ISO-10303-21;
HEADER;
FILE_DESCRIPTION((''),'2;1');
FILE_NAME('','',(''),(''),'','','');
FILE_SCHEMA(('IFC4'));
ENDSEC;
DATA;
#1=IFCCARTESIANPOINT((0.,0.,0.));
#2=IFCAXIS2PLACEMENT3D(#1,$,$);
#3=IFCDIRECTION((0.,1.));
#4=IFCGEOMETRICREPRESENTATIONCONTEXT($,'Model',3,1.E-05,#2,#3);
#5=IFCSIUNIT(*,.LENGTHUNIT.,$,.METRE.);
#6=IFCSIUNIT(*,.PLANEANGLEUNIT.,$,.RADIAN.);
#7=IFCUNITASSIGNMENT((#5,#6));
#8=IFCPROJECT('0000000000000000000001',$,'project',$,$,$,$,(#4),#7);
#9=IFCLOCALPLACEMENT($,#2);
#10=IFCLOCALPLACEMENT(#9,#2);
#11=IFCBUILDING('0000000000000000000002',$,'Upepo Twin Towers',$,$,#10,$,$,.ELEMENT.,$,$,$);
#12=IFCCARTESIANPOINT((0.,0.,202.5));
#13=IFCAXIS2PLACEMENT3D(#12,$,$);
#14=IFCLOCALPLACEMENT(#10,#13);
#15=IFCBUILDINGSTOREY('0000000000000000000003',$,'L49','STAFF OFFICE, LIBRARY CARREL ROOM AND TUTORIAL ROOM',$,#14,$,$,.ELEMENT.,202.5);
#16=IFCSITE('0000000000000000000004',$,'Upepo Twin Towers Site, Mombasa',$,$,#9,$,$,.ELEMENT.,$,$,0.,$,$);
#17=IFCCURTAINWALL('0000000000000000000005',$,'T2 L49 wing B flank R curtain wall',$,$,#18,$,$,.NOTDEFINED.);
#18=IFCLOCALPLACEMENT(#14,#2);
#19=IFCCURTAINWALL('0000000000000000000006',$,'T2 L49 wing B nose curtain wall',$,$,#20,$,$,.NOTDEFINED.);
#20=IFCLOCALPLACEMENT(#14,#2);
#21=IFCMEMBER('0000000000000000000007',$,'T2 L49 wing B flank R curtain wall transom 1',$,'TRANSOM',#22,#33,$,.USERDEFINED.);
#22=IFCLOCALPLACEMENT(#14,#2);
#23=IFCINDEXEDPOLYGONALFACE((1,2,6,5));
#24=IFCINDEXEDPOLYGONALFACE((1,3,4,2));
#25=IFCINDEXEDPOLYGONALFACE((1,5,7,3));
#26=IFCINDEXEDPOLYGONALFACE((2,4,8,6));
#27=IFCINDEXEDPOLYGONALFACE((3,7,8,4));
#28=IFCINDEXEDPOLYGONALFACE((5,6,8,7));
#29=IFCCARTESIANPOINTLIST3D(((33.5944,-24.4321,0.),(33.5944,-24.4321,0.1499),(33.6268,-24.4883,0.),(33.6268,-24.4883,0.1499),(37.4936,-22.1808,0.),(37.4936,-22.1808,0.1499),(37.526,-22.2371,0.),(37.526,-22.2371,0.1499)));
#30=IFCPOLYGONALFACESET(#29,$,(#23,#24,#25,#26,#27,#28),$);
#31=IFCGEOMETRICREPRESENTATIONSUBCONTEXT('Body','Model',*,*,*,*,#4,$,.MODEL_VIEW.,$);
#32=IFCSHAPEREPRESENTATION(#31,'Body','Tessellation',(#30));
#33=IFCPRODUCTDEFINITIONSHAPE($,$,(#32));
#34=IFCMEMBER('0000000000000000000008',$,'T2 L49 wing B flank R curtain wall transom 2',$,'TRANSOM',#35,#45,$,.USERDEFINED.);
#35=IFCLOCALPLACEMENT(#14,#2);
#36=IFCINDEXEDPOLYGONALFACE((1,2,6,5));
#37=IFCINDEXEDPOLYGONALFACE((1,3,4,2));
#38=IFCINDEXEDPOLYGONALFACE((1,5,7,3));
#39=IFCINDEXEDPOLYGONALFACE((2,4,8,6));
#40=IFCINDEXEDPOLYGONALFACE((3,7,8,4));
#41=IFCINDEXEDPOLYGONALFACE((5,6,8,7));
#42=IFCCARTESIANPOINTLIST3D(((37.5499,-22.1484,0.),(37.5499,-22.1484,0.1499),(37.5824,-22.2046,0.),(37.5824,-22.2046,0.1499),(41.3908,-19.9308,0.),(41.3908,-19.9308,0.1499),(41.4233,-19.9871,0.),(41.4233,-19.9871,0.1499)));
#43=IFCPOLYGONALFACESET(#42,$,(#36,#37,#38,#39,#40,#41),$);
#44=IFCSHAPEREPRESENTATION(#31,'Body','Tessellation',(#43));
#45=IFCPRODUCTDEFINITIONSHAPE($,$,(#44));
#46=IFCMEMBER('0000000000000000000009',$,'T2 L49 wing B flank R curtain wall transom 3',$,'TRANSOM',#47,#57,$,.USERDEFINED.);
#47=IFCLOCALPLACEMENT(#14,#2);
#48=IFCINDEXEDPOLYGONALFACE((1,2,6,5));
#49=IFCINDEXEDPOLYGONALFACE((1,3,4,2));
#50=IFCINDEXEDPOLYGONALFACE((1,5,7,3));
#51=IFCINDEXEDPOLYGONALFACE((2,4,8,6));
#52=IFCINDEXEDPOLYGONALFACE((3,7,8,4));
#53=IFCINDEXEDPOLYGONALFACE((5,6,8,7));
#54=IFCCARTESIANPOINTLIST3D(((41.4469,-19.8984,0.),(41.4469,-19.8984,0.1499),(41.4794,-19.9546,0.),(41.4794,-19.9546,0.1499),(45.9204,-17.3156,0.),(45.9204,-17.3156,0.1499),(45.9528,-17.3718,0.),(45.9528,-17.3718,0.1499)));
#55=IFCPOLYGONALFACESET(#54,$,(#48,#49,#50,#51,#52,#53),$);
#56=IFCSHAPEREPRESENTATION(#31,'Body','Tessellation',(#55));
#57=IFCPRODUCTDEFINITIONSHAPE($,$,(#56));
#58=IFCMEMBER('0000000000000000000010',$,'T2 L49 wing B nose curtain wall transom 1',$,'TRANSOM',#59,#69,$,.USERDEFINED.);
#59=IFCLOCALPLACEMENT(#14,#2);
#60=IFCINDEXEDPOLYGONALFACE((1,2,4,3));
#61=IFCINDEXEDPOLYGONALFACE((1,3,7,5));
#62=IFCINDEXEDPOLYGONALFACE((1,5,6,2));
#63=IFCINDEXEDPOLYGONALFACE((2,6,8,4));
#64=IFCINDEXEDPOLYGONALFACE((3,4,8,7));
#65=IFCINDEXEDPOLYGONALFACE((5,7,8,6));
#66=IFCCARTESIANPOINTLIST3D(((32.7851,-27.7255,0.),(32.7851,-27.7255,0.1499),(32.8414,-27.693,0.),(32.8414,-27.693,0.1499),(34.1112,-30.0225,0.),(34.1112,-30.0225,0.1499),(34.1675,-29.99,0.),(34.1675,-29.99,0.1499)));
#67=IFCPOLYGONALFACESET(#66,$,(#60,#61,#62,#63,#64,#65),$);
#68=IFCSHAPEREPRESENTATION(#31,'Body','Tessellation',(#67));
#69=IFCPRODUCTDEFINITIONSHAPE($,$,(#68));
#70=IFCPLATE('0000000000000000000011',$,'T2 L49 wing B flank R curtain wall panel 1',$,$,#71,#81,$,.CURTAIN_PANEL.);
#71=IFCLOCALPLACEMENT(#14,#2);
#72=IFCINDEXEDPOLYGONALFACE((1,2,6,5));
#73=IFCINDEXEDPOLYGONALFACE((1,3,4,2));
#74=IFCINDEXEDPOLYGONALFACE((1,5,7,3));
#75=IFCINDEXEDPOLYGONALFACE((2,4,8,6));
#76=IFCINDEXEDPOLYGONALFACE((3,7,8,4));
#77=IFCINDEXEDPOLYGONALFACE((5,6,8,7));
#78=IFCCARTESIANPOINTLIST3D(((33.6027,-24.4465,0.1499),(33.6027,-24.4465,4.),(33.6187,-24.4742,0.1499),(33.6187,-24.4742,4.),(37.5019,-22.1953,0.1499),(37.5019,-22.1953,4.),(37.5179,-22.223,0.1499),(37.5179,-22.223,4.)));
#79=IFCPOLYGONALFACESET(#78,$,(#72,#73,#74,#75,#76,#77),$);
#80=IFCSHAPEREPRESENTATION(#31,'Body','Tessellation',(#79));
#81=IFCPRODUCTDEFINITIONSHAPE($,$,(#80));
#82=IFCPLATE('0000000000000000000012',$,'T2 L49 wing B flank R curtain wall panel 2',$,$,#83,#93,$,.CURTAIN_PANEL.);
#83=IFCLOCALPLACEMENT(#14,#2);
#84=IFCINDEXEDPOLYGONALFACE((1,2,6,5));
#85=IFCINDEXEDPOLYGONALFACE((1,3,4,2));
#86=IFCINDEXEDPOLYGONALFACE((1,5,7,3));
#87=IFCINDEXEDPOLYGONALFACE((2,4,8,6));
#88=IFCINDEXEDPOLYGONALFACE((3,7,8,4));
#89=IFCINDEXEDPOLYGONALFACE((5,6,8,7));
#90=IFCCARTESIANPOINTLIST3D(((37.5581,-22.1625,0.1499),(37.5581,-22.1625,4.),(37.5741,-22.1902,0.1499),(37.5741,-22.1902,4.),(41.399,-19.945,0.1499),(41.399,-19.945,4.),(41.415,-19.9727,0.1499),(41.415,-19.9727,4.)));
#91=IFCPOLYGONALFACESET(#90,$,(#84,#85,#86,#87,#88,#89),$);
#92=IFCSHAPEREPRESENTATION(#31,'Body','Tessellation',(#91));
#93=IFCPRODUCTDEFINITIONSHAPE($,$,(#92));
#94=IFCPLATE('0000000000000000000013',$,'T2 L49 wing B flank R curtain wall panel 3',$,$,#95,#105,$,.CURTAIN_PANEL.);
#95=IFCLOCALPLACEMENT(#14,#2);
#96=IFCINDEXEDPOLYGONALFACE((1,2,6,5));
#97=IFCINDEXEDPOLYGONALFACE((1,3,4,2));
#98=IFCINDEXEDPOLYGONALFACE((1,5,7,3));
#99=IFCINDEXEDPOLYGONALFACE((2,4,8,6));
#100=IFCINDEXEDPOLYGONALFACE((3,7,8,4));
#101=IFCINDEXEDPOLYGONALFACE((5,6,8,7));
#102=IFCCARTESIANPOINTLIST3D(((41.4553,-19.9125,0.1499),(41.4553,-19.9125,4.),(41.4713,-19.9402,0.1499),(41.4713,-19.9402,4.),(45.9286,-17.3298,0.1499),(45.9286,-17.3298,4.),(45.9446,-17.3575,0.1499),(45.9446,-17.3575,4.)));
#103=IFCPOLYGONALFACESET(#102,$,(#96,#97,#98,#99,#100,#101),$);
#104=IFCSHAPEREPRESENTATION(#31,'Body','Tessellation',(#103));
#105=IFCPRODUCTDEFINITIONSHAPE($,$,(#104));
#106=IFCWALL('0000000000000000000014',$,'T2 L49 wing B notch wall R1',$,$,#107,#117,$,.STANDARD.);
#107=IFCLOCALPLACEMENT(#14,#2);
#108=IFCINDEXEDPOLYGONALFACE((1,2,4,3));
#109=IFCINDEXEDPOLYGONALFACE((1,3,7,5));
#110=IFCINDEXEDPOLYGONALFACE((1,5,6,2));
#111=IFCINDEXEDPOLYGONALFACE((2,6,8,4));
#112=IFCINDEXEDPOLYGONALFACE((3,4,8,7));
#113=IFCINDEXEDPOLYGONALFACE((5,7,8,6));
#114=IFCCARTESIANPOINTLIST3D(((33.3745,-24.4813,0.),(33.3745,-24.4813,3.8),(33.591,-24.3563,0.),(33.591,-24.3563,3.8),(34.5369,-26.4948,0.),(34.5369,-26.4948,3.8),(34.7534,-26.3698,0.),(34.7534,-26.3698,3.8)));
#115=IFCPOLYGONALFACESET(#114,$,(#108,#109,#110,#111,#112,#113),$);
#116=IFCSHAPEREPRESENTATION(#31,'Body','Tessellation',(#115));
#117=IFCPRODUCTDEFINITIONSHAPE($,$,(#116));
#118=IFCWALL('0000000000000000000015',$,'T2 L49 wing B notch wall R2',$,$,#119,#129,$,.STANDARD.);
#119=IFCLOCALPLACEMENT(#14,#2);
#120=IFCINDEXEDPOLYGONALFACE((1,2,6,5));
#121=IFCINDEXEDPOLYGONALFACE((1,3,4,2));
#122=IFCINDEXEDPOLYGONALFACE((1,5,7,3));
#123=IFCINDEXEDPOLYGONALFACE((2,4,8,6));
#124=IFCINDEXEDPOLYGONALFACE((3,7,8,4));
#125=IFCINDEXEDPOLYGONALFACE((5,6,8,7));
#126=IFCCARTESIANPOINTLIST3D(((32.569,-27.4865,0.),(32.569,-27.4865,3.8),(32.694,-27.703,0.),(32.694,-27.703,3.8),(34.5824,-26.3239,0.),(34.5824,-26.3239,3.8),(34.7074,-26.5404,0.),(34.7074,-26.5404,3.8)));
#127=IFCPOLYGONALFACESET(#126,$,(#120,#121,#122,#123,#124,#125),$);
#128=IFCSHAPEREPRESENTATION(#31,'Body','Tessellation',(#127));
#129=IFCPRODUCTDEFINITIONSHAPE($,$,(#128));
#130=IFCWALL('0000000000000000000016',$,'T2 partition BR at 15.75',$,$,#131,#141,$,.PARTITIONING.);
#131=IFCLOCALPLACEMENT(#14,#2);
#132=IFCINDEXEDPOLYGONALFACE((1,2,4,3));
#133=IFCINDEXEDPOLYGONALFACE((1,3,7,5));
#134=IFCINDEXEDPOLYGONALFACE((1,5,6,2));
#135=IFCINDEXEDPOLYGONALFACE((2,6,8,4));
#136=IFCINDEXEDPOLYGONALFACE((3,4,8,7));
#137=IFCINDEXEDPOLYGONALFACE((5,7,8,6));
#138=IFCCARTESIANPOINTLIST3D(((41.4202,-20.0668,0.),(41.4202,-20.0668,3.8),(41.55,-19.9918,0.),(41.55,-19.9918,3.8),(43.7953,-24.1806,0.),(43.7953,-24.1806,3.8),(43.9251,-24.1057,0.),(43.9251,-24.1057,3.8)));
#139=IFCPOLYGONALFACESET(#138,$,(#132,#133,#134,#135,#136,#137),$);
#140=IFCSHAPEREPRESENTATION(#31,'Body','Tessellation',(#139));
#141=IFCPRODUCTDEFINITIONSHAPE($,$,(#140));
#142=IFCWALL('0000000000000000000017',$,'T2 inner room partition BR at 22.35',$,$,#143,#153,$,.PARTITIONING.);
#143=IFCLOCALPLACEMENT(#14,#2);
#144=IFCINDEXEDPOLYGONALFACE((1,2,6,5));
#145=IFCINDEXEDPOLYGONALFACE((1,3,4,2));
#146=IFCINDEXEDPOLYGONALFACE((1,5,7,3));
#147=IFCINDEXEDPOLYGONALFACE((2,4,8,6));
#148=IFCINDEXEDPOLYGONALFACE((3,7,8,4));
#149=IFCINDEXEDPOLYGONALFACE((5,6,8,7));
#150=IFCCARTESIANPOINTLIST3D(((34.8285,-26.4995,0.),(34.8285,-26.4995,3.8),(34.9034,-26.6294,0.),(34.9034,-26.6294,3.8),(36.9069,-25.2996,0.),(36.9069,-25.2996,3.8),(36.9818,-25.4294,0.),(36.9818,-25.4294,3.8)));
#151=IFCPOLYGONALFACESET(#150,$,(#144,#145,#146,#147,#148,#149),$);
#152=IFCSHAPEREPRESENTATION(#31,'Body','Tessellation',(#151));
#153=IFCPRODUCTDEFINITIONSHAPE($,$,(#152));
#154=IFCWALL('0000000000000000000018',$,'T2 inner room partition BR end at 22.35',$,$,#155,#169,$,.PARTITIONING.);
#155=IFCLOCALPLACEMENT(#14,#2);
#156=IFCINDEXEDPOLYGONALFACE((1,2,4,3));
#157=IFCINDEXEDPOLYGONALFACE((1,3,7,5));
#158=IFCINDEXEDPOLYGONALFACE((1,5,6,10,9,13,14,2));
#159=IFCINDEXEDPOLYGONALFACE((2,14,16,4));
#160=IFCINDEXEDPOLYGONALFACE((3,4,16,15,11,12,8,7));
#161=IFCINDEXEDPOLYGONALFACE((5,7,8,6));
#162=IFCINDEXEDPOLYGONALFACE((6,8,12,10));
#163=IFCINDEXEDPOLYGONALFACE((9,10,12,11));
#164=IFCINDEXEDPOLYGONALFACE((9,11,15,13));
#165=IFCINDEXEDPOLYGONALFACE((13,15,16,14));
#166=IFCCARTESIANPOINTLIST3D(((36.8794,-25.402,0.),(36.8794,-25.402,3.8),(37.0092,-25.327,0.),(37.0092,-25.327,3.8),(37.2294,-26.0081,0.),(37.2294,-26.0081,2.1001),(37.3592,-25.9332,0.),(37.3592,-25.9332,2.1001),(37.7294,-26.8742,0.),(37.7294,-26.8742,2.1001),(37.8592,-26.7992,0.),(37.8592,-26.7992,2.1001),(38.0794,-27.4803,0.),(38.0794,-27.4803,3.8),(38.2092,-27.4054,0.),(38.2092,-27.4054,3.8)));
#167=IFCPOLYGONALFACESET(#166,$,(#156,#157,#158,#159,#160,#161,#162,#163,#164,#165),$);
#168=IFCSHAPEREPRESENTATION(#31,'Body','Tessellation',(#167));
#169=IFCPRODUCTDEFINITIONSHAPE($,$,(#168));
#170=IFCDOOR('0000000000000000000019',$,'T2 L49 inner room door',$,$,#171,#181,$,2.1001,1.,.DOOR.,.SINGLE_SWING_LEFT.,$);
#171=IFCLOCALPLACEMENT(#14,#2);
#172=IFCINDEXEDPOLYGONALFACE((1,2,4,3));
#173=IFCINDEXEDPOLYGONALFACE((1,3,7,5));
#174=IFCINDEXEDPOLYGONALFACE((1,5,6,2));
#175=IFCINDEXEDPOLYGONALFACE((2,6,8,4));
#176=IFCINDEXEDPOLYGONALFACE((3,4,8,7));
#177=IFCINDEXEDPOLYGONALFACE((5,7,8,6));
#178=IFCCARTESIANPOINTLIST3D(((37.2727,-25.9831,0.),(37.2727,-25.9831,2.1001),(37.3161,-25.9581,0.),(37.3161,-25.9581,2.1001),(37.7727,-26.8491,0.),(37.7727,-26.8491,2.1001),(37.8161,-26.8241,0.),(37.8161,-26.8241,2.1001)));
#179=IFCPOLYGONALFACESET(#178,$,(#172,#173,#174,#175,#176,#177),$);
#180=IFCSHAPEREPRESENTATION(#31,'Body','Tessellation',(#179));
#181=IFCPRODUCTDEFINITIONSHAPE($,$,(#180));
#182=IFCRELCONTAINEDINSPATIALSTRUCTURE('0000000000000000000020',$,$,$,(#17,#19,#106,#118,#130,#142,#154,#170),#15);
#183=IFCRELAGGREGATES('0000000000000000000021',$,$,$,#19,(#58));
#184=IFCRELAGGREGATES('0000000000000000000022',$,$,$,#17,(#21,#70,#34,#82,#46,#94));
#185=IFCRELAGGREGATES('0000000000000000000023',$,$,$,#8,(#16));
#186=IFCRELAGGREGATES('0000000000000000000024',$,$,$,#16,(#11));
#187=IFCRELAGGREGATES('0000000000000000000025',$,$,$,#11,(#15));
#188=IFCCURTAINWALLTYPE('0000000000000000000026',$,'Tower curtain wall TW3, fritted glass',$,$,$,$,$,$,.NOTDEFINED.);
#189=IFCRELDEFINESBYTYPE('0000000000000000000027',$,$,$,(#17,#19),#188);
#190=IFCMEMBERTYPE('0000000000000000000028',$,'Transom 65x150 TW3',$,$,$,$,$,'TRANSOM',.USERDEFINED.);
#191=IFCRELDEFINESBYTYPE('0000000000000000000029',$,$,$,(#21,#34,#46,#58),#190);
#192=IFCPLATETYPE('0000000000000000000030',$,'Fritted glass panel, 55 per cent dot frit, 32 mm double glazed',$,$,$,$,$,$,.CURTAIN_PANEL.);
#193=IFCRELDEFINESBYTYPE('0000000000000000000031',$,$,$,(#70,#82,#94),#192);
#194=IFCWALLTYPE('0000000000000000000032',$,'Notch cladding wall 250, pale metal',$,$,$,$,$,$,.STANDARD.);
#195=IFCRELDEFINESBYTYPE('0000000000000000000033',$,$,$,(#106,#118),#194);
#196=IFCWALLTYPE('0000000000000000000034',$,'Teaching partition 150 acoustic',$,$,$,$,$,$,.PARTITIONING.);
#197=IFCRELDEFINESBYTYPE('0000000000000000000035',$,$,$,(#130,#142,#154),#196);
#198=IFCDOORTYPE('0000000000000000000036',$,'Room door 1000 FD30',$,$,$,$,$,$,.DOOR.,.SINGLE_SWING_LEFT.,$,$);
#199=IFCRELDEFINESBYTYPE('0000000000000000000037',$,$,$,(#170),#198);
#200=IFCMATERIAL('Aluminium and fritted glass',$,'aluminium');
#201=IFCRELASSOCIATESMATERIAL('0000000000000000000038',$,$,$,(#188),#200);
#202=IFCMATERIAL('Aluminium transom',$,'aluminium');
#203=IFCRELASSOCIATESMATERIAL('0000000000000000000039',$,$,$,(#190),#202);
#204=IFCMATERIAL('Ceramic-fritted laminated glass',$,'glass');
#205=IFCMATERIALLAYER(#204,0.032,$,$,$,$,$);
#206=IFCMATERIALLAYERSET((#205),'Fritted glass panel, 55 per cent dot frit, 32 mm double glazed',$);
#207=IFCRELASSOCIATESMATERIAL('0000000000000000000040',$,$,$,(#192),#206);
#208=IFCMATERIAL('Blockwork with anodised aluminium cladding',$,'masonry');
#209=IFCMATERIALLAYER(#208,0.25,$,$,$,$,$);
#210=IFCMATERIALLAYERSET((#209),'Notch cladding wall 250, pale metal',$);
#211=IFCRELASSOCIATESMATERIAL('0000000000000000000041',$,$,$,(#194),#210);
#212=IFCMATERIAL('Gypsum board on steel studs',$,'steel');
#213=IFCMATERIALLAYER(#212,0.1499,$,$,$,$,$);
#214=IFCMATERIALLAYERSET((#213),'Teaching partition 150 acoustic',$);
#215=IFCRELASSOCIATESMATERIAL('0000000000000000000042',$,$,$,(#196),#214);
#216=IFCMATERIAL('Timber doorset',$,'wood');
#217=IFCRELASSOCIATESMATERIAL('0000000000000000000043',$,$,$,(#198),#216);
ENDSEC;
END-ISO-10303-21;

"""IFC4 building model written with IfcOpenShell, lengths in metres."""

from ifc_helpers import new_model, si_unit, direction, frame, frame_2d, origin, origin_2d, place, context, subcontext, project, spatial, rectangle, extrude, material, layer, layer_set, material_profile, profile_set, type_object, element, fill, aggregate, save


model = new_model("IFC4")

# Units and contexts
model_context = context("Model", 3, precision=1e-05, world=origin(), true_north=direction((0.0, 1.0)))
body_context = subcontext(model_context, "Body", "Model", "MODEL_VIEW")
ifc_project = project(units=[si_unit("LENGTHUNIT", "METRE"), si_unit("PLANEANGLEUNIT", "RADIAN")], contexts=[model_context])

# Site, building, storey
site_placement = place(None, origin())
site = spatial("IfcSite", under=ifc_project, at=site_placement, Name="Upepo Twin Towers Site, Mombasa", CompositionType="ELEMENT", RefElevation=0.0)
building_placement = place(site_placement, origin())
building = spatial("IfcBuilding", under=site, at=building_placement, Name="Upepo Twin Towers", CompositionType="ELEMENT")
storey_placement = place(building_placement, frame((0.0, 0.0, 202.5)))
storey = spatial("IfcBuildingStorey", under=building, at=storey_placement, Name="L49", Description="STAFF OFFICE, LIBRARY CARREL ROOM AND TUTORIAL ROOM", CompositionType="ELEMENT", Elevation=202.5)

# Curtain wall
ifc_material_1 = material(Name="Aluminium and fritted glass", Category="aluminium")
curtain_wall_type = type_object("IfcCurtainWallType", Name="Tower curtain wall TW3, fritted glass", PredefinedType="NOTDEFINED", material=ifc_material_1)
curtain_wall_1_placement = place(storey_placement, origin())
curtain_wall_1 = element("IfcCurtainWall", 1, at=curtain_wall_1_placement, inside=storey, type_object=curtain_wall_type, Name="T2 L49 wing B flank R curtain wall", PredefinedType="NOTDEFINED")

# Curtain wall
curtain_wall_2_placement = place(storey_placement, origin())
curtain_wall_2 = element("IfcCurtainWall", 2, at=curtain_wall_2_placement, inside=storey, type_object=curtain_wall_type, Name="T2 L49 wing B nose curtain wall", PredefinedType="NOTDEFINED")

# Members
ifc_material_2 = material(Name="Aluminium transom", Category="aluminium")
ifc_material_profile_1 = material_profile(ifc_material_2, rectangle(XDim=0.0649, YDim=0.1499, at=origin_2d()), Name="TRANSOM 65x150")
ifc_profile_set_1 = profile_set([ifc_material_profile_1], Name="Aluminium transom")
member_type_1 = type_object("IfcMemberType", Name="Transom 65x150 TW3", ElementType="TRANSOM", PredefinedType="USERDEFINED", material=ifc_profile_set_1)
member_1_placement = place(storey_placement, frame((33.6106, -24.4602, 0.075), z_axis=(0.866022, 0.500006, 0.0), x_axis=(-0.500006, 0.866022, 0.0)))
member_1 = element("IfcMember", 3, at=member_1_placement, type_object=member_type_1, Name="T2 L49 wing B flank R curtain wall transom 1", ObjectType="TRANSOM", PredefinedType="USERDEFINED", context=body_context, shape_type="SweptSolid", body=[
    extrude(rectangle(XDim=0.0649, YDim=0.1499, at=origin_2d()), origin(), (0.0, 0.0, 1.0), 4.5024),
])
member_2_placement = place(storey_placement, frame((37.5662, -22.1765, 0.075), z_axis=(0.866022, 0.500005, 0.0), x_axis=(-0.500005, 0.866022, 0.0)))
member_2 = element("IfcMember", 4, at=member_2_placement, type_object=member_type_1, Name="T2 L49 wing B flank R curtain wall transom 2", ObjectType="TRANSOM", PredefinedType="USERDEFINED", context=body_context, shape_type="SweptSolid", body=[
    extrude(rectangle(XDim=0.0649, YDim=0.1499, at=origin_2d()), origin(), (0.0, 0.0, 1.0), 4.4351),
])
member_3_placement = place(storey_placement, frame((41.4631, -19.9265, 0.075), z_axis=(0.866021, 0.500007, 0.0), x_axis=(-0.500007, 0.866021, 0.0)))
member_3 = element("IfcMember", 5, at=member_3_placement, type_object=member_type_1, Name="T2 L49 wing B flank R curtain wall transom 3", ObjectType="TRANSOM", PredefinedType="USERDEFINED", context=body_context, shape_type="SweptSolid", body=[
    extrude(rectangle(XDim=0.0649, YDim=0.1499, at=origin_2d()), origin(), (0.0, 0.0, 1.0), 5.1655),
])
member_4_placement = place(storey_placement, frame((32.8132, -27.7092, 0.075), z_axis=(0.49998, -0.866037, 0.0), x_axis=(0.866037, 0.49998, 0.0)))
member_4 = element("IfcMember", 6, at=member_4_placement, type_object=member_type_1, Name="T2 L49 wing B nose curtain wall transom 1", ObjectType="TRANSOM", PredefinedType="USERDEFINED", context=body_context, shape_type="SweptSolid", body=[
    extrude(rectangle(XDim=0.0649, YDim=0.1499, at=origin_2d()), origin(), (0.0, 0.0, 1.0), 2.6523),
])
aggregate(curtain_wall_2, [member_4])

# Plates
ifc_material_3 = material(Name="Ceramic-fritted laminated glass", Category="glass")
ifc_layer_1 = layer(ifc_material_3, 0.032)
ifc_layer_set_1 = layer_set([ifc_layer_1], Name="Fritted glass panel, 55 per cent dot frit, 32 mm double glazed")
plate_type = type_object("IfcPlateType", Name="Fritted glass panel, 55 per cent dot frit, 32 mm double glazed", PredefinedType="CURTAIN_PANEL", material=ifc_layer_set_1)
plate_1_placement = place(storey_placement, frame((35.5603, -23.3347, 0.1499), z_axis=(0.0, 0.0, 1.0), x_axis=(0.866025, 0.5, 0.0)))
plate_1 = element("IfcPlate", 7, at=plate_1_placement, type_object=plate_type, Name="T2 L49 wing B flank R curtain wall panel 1", PredefinedType="CURTAIN_PANEL", context=body_context, shape_type="SweptSolid", body=[
    extrude(rectangle(XDim=4.5024, YDim=0.032, at=origin_2d()), origin(), (0.0, 0.0, 1.0), 3.8501),
])
plate_2_placement = place(storey_placement, frame((39.4866, -21.0676, 0.1499), z_axis=(0.0, 0.0, 1.0), x_axis=(0.866025, 0.5, 0.0)))
plate_2 = element("IfcPlate", 8, at=plate_2_placement, type_object=plate_type, Name="T2 L49 wing B flank R curtain wall panel 2", PredefinedType="CURTAIN_PANEL", context=body_context, shape_type="SweptSolid", body=[
    extrude(rectangle(XDim=4.4351, YDim=0.032, at=origin_2d()), origin(), (0.0, 0.0, 1.0), 3.8501),
])
plate_3_placement = place(storey_placement, frame((43.7, -18.635, 0.1499), z_axis=(0.0, 0.0, 1.0), x_axis=(0.866025, 0.5, 0.0)))
plate_3 = element("IfcPlate", 9, at=plate_3_placement, type_object=plate_type, Name="T2 L49 wing B flank R curtain wall panel 3", PredefinedType="CURTAIN_PANEL", context=body_context, shape_type="SweptSolid", body=[
    extrude(rectangle(XDim=5.1653, YDim=0.032, at=origin_2d()), origin(), (0.0, 0.0, 1.0), 3.8501),
])
aggregate(curtain_wall_1, [member_1, plate_1, member_2, plate_2, member_3, plate_3])

# Walls
ifc_material_4 = material(Name="Blockwork with anodised aluminium cladding", Category="masonry")
ifc_layer_2 = layer(ifc_material_4, 0.25)
ifc_layer_set_2 = layer_set([ifc_layer_2], Name="Notch cladding wall 250, pale metal")
wall_type_1 = type_object("IfcWallType", Name="Notch cladding wall 250, pale metal", PredefinedType="STANDARD", material=ifc_layer_set_2)
for number, where, z_axis, x_axis, name in (
    (10, (33.4827, -24.4187, 0.0), (0.0, 0.0, 1.0), (0.499968, -0.866044, 0.0), "T2 L49 wing B notch wall R1"),
    (11, (34.645, -26.4321, 0.0), (0.0, 0.0, 1.0), (-0.865998, -0.500047, 0.0), "T2 L49 wing B notch wall R2"),
):
    element("IfcWall", number, at=place(storey_placement, frame(where, z_axis=z_axis, x_axis=x_axis)), inside=storey, type_object=wall_type_1, Name=name, PredefinedType="STANDARD", context=body_context, shape_type="SweptSolid", body=[
        extrude(rectangle(XDim=2.325, YDim=0.25, at=frame_2d((1.1626, 0.0))), origin(), (0.0, 0.0, 1.0), 3.8),
    ])
ifc_material_5 = material(Name="Gypsum board on steel studs", Category="steel")
ifc_layer_3 = layer(ifc_material_5, 0.1499)
ifc_layer_set_3 = layer_set([ifc_layer_3], Name="Teaching partition 150 acoustic")
wall_type_2 = type_object("IfcWallType", Name="Teaching partition 150 acoustic", PredefinedType="PARTITIONING", material=ifc_layer_set_3)
wall_1_placement = place(storey_placement, frame((43.8601, -24.1431, 0.0), z_axis=(0.0, 0.0, 1.0), x_axis=(-0.499986, 0.866033, 0.0)))
element("IfcWall", 12, at=wall_1_placement, inside=storey, type_object=wall_type_2, Name="T2 partition BR at 15.75", PredefinedType="PARTITIONING", context=body_context, shape_type="SweptSolid", body=[
    extrude(rectangle(XDim=4.7502, YDim=0.1499, at=frame_2d((2.375, 0.0))), origin(), (0.0, 0.0, 1.0), 3.8),
])
wall_2_placement = place(storey_placement, frame((36.9443, -25.3645, 0.0), z_axis=(0.0, 0.0, 1.0), x_axis=(-0.866025, -0.500001, 0.0)))
element("IfcWall", 13, at=wall_2_placement, inside=storey, type_object=wall_type_2, Name="T2 inner room partition BR at 22.35", PredefinedType="PARTITIONING", context=body_context, shape_type="SweptSolid", body=[
    extrude(rectangle(XDim=2.3999, YDim=0.1499, at=frame_2d((1.2, 0.0))), origin(), (0.0, 0.0, 1.0), 3.8),
])

# Wall, opening, door
wall_3_placement = place(storey_placement, frame((38.1443, -27.4429, 0.0), z_axis=(0.0, 0.0, 1.0), x_axis=(-0.500001, 0.866025, 0.0)))
wall_3 = element("IfcWall", 14, at=wall_3_placement, inside=storey, type_object=wall_type_2, Name="T2 inner room partition BR end at 22.35", PredefinedType="PARTITIONING", context=body_context, shape_type="SweptSolid", body=[
    extrude(rectangle(XDim=2.3999, YDim=0.1499, at=frame_2d((1.2, 0.0))), origin(), (0.0, 0.0, 1.0), 3.8),
])
opening_placement = place(wall_3_placement, frame((0.7, 0.0, 0.0)))
opening = element("IfcOpeningElement", 15, at=opening_placement, cuts=wall_3, PredefinedType="OPENING", context=body_context, shape_type="SweptSolid", body=[
    extrude(rectangle(XDim=1.0, YDim=2.1001, at=frame_2d((0.5, 1.05))), frame((0.0, 0.085, 0.0), z_axis=(0.0, -1.0, 0.0), x_axis=(1.0, 0.0, 0.0)), (0.0, 0.0, 1.0), 0.1699),
])
ifc_material_6 = material(Name="Timber doorset", Category="wood")
door_type = type_object("IfcDoorType", Name="Room door 1000 FD30", OperationType="SINGLE_SWING_LEFT", PredefinedType="DOOR", material=ifc_material_6)
door_placement = place(opening_placement, origin())
door = element("IfcDoor", 16, at=door_placement, inside=storey, type_object=door_type, Name="T2 L49 inner room door", OperationType="SINGLE_SWING_LEFT", OverallHeight=2.1001, OverallWidth=1.0, PredefinedType="DOOR", context=body_context, shape_type="SweptSolid", body=[
    extrude(rectangle(XDim=1.0, YDim=2.1001, at=frame_2d((0.5, 1.05))), frame((0.0, 0.0249, 0.0), z_axis=(0.0, -1.0, 0.0), x_axis=(1.0, 0.0, 0.0)), (0.0, 0.0, 1.0), 0.05),
])
fill(opening, door)

save(model, "model.ifc")
